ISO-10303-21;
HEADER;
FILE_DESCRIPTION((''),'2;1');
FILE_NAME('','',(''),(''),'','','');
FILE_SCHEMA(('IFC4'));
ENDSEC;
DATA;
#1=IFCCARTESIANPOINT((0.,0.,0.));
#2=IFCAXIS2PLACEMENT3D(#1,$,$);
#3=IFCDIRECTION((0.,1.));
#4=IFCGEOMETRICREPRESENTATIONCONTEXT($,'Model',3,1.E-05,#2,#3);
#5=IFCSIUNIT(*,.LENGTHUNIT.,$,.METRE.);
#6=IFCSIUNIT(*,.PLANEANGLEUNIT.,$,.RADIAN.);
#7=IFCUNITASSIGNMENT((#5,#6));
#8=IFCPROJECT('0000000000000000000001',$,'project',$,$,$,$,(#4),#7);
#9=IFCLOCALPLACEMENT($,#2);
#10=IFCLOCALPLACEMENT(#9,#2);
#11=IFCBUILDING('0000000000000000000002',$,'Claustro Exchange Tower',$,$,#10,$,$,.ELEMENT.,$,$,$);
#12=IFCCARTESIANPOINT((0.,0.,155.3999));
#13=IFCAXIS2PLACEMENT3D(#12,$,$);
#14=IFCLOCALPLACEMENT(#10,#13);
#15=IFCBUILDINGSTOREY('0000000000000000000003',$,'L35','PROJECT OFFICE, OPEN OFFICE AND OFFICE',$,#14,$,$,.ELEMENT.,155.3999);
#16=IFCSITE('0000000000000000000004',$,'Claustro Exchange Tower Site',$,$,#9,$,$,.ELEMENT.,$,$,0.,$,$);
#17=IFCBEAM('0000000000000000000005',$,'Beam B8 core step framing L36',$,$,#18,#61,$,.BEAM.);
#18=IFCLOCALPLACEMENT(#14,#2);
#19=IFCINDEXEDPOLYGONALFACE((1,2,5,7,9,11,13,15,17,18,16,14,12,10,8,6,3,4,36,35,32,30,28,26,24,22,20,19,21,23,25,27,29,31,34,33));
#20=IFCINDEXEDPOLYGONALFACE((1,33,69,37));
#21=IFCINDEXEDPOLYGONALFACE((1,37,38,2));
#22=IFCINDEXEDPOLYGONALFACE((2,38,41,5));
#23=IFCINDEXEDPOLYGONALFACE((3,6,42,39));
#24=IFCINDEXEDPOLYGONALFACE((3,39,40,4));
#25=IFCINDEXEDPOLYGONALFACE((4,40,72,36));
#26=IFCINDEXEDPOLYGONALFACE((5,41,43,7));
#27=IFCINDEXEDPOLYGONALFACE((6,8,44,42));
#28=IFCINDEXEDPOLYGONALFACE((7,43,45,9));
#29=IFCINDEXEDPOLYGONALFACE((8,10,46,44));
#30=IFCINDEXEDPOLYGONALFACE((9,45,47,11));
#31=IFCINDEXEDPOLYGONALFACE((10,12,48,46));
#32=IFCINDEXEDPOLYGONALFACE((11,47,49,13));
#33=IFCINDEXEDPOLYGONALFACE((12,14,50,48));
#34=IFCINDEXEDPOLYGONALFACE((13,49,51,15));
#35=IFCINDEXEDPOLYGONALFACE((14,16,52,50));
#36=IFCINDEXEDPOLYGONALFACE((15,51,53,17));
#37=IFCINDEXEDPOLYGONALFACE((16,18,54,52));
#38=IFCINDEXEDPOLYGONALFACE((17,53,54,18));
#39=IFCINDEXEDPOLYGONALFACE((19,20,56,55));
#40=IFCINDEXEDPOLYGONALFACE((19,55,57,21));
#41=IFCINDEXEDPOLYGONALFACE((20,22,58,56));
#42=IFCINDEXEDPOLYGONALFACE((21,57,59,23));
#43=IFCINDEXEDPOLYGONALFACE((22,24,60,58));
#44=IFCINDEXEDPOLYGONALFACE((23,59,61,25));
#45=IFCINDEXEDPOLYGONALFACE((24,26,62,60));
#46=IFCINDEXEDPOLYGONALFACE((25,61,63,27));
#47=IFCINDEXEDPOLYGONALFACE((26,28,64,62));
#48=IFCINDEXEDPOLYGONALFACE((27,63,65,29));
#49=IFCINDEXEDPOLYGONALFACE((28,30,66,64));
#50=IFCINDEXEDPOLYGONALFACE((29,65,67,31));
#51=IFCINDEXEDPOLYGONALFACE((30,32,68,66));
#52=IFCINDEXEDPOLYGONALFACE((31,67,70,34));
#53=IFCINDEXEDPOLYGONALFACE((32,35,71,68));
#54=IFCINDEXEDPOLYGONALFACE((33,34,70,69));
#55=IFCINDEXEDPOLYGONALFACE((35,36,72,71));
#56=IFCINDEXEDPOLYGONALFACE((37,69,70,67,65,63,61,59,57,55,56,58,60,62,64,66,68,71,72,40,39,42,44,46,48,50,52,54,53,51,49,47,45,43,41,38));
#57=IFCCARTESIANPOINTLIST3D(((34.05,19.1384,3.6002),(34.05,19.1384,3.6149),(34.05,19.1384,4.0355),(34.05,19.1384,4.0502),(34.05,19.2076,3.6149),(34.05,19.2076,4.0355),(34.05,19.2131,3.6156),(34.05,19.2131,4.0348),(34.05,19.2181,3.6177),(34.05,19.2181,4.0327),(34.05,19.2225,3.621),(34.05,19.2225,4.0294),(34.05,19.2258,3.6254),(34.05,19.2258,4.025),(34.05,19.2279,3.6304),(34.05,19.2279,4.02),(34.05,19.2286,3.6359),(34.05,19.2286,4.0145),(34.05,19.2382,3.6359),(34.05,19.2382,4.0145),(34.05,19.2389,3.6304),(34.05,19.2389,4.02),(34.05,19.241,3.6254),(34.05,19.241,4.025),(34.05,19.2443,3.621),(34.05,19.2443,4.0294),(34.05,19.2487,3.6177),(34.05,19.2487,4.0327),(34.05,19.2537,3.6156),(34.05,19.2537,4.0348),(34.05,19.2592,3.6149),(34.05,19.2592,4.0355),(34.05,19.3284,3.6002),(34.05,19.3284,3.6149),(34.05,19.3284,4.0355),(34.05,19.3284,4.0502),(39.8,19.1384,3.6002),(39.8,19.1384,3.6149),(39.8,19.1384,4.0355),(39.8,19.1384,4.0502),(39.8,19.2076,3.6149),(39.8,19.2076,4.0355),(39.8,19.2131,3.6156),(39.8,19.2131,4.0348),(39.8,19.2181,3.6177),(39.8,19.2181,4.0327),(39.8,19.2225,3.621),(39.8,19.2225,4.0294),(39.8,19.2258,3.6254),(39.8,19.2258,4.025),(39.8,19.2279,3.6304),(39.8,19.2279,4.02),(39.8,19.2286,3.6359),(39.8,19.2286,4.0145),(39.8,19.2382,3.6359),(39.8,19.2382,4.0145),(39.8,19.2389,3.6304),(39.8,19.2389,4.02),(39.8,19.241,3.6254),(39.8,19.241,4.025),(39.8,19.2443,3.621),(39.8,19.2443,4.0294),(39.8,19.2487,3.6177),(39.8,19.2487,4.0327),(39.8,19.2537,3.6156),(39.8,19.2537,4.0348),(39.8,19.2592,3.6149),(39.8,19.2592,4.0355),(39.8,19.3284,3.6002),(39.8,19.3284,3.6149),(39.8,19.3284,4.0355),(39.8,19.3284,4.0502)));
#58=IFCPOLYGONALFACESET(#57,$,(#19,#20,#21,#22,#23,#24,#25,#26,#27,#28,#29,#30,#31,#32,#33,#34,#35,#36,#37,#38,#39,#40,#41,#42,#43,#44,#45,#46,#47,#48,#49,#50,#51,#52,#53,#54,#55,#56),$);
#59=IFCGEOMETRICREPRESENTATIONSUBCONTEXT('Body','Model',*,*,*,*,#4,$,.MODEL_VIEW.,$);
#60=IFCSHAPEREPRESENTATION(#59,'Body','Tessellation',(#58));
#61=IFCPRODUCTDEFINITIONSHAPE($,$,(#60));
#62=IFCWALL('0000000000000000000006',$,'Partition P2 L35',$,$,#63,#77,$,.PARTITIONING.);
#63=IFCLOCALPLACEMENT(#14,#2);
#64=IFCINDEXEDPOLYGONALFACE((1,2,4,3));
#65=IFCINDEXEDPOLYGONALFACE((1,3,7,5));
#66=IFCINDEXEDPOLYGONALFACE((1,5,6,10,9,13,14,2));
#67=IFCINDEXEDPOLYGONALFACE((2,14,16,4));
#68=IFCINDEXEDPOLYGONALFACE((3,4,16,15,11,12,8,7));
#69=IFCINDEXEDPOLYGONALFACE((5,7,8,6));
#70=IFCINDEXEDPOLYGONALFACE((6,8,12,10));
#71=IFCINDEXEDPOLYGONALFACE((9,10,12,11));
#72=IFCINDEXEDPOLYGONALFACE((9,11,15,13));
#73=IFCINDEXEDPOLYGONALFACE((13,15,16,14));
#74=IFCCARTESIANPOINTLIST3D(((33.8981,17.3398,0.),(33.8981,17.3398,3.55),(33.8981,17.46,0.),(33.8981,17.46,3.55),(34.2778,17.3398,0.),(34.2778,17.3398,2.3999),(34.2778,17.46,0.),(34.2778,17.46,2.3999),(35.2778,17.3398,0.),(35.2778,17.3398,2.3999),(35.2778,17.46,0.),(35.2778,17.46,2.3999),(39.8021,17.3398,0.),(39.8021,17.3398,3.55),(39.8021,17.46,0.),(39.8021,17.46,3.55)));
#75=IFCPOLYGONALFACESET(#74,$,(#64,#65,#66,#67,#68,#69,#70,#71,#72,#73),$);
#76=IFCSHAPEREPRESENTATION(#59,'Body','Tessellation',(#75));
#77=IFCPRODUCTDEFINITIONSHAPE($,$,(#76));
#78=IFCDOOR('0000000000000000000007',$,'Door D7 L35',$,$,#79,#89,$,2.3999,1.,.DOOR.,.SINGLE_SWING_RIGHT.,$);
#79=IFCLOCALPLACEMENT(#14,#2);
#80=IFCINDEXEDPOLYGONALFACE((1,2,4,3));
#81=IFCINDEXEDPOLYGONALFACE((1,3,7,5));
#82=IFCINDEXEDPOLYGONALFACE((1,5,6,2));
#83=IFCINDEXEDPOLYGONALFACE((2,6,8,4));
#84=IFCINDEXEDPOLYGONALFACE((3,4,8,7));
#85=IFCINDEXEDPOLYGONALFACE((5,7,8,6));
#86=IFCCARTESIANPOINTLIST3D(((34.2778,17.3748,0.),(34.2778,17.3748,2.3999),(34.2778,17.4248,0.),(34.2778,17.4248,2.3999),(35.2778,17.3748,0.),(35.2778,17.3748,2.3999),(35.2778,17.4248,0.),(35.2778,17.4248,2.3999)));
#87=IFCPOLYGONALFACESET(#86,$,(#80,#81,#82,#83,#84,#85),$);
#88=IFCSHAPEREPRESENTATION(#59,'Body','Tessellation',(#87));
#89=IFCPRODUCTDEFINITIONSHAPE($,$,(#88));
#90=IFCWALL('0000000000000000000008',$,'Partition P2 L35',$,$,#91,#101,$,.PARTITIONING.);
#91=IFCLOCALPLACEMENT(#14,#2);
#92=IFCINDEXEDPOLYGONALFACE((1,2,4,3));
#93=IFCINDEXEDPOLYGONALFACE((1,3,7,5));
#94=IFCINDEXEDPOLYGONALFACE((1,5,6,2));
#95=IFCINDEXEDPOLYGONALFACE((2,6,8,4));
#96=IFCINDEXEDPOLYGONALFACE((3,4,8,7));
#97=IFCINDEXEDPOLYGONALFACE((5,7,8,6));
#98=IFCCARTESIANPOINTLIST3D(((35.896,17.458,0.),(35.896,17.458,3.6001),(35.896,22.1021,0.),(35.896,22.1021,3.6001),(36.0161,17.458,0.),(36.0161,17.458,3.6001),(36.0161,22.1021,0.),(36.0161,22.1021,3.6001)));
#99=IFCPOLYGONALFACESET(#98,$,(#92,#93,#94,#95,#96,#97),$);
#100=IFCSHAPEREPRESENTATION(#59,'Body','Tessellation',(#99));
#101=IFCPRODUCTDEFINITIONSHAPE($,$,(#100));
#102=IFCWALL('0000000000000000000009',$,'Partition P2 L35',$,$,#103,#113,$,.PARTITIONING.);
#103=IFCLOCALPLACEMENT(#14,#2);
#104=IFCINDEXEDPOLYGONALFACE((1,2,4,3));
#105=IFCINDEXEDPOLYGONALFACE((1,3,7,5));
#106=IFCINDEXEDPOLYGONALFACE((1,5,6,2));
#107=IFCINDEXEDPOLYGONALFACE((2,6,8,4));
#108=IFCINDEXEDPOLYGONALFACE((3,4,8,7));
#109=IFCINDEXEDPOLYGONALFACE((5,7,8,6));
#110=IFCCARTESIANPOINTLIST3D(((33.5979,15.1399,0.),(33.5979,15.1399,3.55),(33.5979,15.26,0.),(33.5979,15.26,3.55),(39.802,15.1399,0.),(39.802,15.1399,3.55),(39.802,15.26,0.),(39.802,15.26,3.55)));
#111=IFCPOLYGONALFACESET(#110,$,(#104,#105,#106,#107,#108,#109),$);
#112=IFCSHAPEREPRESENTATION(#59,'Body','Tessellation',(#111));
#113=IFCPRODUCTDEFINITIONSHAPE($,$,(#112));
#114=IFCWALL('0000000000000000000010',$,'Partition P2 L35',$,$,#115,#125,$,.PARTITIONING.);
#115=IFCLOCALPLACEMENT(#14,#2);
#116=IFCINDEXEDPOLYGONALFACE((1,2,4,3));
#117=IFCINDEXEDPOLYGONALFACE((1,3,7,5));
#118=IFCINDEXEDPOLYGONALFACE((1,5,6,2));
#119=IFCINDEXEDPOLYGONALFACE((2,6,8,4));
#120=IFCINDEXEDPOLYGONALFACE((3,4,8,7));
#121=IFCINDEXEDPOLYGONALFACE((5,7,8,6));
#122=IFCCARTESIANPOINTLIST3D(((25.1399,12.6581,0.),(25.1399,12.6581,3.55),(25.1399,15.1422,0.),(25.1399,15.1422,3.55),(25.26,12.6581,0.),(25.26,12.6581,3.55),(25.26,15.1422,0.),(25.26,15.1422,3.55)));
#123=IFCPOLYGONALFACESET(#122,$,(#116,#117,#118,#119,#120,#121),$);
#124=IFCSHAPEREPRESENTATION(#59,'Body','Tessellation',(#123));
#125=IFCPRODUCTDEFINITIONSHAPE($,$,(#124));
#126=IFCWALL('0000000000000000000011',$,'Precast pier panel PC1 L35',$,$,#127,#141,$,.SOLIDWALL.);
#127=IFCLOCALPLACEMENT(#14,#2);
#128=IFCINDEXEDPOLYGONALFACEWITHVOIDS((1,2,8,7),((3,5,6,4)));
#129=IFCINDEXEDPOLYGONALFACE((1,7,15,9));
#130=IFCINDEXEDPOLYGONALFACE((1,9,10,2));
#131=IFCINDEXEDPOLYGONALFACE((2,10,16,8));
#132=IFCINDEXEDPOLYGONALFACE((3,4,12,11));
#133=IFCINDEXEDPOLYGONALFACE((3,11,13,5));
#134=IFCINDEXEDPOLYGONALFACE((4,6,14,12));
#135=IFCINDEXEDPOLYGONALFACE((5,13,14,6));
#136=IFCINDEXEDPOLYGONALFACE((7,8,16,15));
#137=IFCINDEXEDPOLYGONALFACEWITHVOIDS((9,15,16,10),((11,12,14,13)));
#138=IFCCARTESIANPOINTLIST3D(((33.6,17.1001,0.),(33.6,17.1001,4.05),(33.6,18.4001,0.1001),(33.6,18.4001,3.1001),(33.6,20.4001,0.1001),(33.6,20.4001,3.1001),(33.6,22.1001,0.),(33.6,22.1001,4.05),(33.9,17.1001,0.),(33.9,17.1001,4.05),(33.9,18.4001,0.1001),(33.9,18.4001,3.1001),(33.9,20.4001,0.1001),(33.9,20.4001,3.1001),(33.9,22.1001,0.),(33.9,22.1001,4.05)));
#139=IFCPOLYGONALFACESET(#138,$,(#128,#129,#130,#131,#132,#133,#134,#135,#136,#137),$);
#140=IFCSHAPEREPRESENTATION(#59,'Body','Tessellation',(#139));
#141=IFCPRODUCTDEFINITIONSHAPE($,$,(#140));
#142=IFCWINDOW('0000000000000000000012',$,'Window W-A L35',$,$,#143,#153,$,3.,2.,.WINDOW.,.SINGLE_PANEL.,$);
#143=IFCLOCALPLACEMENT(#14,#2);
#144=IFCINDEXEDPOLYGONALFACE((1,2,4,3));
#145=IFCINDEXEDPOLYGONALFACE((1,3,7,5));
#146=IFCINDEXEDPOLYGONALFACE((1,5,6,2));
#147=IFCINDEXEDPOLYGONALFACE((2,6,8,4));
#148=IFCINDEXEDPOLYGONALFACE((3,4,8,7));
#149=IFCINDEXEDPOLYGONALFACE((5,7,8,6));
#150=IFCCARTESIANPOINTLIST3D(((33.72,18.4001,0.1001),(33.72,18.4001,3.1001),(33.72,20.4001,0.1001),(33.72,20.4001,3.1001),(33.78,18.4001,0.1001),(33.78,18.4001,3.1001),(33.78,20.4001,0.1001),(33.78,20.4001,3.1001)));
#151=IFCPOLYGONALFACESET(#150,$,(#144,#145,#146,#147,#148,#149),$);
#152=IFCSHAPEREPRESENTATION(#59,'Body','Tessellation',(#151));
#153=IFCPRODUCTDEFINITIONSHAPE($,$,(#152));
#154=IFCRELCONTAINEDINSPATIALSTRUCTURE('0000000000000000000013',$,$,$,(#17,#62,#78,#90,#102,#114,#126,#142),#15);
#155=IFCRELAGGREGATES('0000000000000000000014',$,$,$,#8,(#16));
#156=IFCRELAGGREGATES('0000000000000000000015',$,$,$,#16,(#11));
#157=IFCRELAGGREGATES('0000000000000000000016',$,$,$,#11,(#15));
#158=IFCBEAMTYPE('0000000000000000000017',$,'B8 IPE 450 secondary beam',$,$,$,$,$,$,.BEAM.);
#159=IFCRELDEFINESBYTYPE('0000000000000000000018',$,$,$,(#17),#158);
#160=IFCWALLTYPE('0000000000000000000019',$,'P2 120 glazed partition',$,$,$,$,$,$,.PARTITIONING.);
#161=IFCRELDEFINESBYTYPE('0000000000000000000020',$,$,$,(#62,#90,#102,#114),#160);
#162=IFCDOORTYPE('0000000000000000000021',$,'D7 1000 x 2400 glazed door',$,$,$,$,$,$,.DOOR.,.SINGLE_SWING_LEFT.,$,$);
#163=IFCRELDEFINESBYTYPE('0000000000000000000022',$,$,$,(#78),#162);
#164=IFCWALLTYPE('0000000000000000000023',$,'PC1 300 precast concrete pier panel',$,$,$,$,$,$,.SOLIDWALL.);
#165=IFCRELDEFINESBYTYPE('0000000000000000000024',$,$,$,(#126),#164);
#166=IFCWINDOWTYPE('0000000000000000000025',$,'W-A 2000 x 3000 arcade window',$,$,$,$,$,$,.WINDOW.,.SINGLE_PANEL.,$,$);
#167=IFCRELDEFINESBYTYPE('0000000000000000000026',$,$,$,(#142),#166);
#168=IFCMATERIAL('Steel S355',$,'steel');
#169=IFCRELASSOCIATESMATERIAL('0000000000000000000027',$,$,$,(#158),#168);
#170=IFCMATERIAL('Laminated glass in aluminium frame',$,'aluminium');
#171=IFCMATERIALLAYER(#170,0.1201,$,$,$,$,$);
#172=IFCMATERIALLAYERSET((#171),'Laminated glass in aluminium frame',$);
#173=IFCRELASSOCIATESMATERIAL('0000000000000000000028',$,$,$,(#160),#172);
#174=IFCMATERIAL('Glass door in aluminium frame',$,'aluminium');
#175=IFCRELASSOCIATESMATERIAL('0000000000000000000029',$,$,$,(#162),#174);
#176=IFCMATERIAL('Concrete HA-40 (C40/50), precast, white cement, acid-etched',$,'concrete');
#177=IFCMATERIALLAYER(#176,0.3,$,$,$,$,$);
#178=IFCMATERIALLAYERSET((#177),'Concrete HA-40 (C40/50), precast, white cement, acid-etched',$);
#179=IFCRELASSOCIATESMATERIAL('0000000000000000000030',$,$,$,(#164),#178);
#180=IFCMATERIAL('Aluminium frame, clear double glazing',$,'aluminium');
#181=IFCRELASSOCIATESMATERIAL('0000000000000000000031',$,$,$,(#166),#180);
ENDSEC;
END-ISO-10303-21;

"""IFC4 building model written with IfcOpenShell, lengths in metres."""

from ifc_helpers import new_model, si_unit, direction, frame, frame_2d, origin, origin_2d, place, context, subcontext, project, spatial, rectangle, i_section, extrude, material, layer, layer_set, material_profile, profile_set, type_object, element, fill, save


model = new_model("IFC4")

# Units and contexts
model_context = context("Model", 3, precision=1e-05, world=origin(), true_north=direction((0.0, 1.0)))
body_context = subcontext(model_context, "Body", "Model", "MODEL_VIEW")
ifc_project = project(units=[si_unit("LENGTHUNIT", "METRE"), si_unit("PLANEANGLEUNIT", "RADIAN")], contexts=[model_context])

# Site, building, storey
site_placement = place(None, origin())
site = spatial("IfcSite", under=ifc_project, at=site_placement, Name="Claustro Exchange Tower Site", CompositionType="ELEMENT", RefElevation=0.0)
building_placement = place(site_placement, origin())
building = spatial("IfcBuilding", under=site, at=building_placement, Name="Claustro Exchange Tower", CompositionType="ELEMENT")
storey_placement = place(building_placement, frame((0.0, 0.0, 155.3999)))
storey = spatial("IfcBuildingStorey", under=building, at=storey_placement, Name="L35", Description="PROJECT OFFICE, OPEN OFFICE AND OFFICE", CompositionType="ELEMENT", Elevation=155.3999)

# Beam
ifc_material_1 = material(Name="Steel S355", Category="steel")
ifc_material_profile_1 = material_profile(ifc_material_1, i_section(OverallWidth=0.1899, OverallDepth=0.45, WebThickness=0.0095, FlangeThickness=0.0146, FilletRadius=0.021, at=origin_2d()), Name="IPE 450")
ifc_profile_set_1 = profile_set([ifc_material_profile_1], Name="Steel S355")
beam_type_1 = type_object("IfcBeamType", Name="B8 IPE 450 secondary beam", PredefinedType="BEAM", material=ifc_profile_set_1)
for number, where, z_axis, x_axis, name in (
    (1, (34.05, 19.2334, 3.8252), (1.0, 0.0, 0.0), (0.0, 1.0, 0.0), "Beam B8 core step framing L36"),
):
    element("IfcBeam", number, at=place(storey_placement, frame(where, z_axis=z_axis, x_axis=x_axis)), inside=storey, type_object=beam_type_1, Name=name, PredefinedType="BEAM", context=body_context, shape_type="SweptSolid", body=[
        extrude(i_section(OverallWidth=0.1899, OverallDepth=0.45, WebThickness=0.0095, FlangeThickness=0.0146, FilletRadius=0.021, at=origin_2d()), origin(), (0.0, 0.0, 1.0), 5.75),
    ])

# Wall, opening, door
ifc_material_2 = material(Name="Laminated glass in aluminium frame", Category="aluminium")
ifc_layer_1 = layer(ifc_material_2, 0.1201)
ifc_layer_set_1 = layer_set([ifc_layer_1], Name="Laminated glass in aluminium frame")
wall_type_1 = type_object("IfcWallType", Name="P2 120 glazed partition", PredefinedType="PARTITIONING", material=ifc_layer_set_1)
wall_1_placement = place(storey_placement, frame((33.8979, 17.3999, 0.0), z_axis=(0.0, 0.0, 1.0), x_axis=(1.0, 0.0, 0.0)))
wall_1 = element("IfcWall", 2, at=wall_1_placement, inside=storey, type_object=wall_type_1, Name="Partition P2 L35", PredefinedType="PARTITIONING", context=body_context, shape_type="SweptSolid", body=[
    extrude(rectangle(XDim=5.9041, YDim=0.1201, at=frame_2d((2.9521, 0.0))), origin(), (0.0, 0.0, 1.0), 3.55),
])
opening_1_placement = place(wall_1_placement, frame((0.3799, 0.0, 0.0)))
opening_1 = element("IfcOpeningElement", 3, at=opening_1_placement, cuts=wall_1, PredefinedType="OPENING", context=body_context, shape_type="SweptSolid", body=[
    extrude(rectangle(XDim=1.0, YDim=2.3999, at=frame_2d((0.5, 1.2))), frame((0.0, 0.0701, 0.0), z_axis=(0.0, -1.0, 0.0), x_axis=(1.0, 0.0, 0.0)), (0.0, 0.0, 1.0), 0.1401),
])
ifc_material_3 = material(Name="Glass door in aluminium frame", Category="aluminium")
door_type_1 = type_object("IfcDoorType", Name="D7 1000 x 2400 glazed door", OperationType="SINGLE_SWING_LEFT", PredefinedType="DOOR", material=ifc_material_3)
door_1_placement = place(opening_1_placement, origin())
door_1 = element("IfcDoor", 4, at=door_1_placement, inside=storey, type_object=door_type_1, Name="Door D7 L35", OperationType="SINGLE_SWING_RIGHT", OverallHeight=2.3999, OverallWidth=1.0, PredefinedType="DOOR", context=body_context, shape_type="SweptSolid", body=[
    extrude(rectangle(XDim=1.0, YDim=2.3999, at=frame_2d((0.5, 1.2))), frame((0.0, 0.0249, 0.0), z_axis=(0.0, -1.0, 0.0), x_axis=(1.0, 0.0, 0.0)), (0.0, 0.0, 1.0), 0.05),
])
fill(opening_1, door_1)

# Walls
wall_2_placement = place(storey_placement, frame((35.9561, 17.458, 0.0), z_axis=(0.0, 0.0, 1.0), x_axis=(0.0, 1.0, 0.0)))
element("IfcWall", 5, at=wall_2_placement, inside=storey, type_object=wall_type_1, Name="Partition P2 L35", PredefinedType="PARTITIONING", context=body_context, shape_type="SweptSolid", body=[
    extrude(rectangle(XDim=4.644, YDim=0.1201, at=frame_2d((2.322, 0.0))), origin(), (0.0, 0.0, 1.0), 3.6001),
])
wall_3_placement = place(storey_placement, frame((33.5979, 15.2, 0.0), z_axis=(0.0, 0.0, 1.0), x_axis=(1.0, 0.0, 0.0)))
element("IfcWall", 6, at=wall_3_placement, inside=storey, type_object=wall_type_1, Name="Partition P2 L35", PredefinedType="PARTITIONING", context=body_context, shape_type="SweptSolid", body=[
    extrude(rectangle(XDim=6.2041, YDim=0.1201, at=frame_2d((3.1021, 0.0))), origin(), (0.0, 0.0, 1.0), 3.55),
])
wall_4_placement = place(storey_placement, frame((25.2, 12.658, 0.0), z_axis=(0.0, 0.0, 1.0), x_axis=(0.0, 1.0, 0.0)))
element("IfcWall", 7, at=wall_4_placement, inside=storey, type_object=wall_type_1, Name="Partition P2 L35", PredefinedType="PARTITIONING", context=body_context, shape_type="SweptSolid", body=[
    extrude(rectangle(XDim=2.4841, YDim=0.1201, at=frame_2d((1.2422, 0.0))), origin(), (0.0, 0.0, 1.0), 3.55),
])

# Wall, opening, window
ifc_material_4 = material(Name="Concrete HA-40 (C40/50), precast, white cement, acid-etched", Category="concrete")
ifc_layer_2 = layer(ifc_material_4, 0.3)
ifc_layer_set_2 = layer_set([ifc_layer_2], Name="Concrete HA-40 (C40/50), precast, white cement, acid-etched")
wall_type_2 = type_object("IfcWallType", Name="PC1 300 precast concrete pier panel", PredefinedType="SOLIDWALL", material=ifc_layer_set_2)
wall_5_placement = place(storey_placement, frame((33.75, 17.1001, 0.0), z_axis=(0.0, 0.0, 1.0), x_axis=(0.0, 1.0, 0.0)))
wall_5 = element("IfcWall", 8, at=wall_5_placement, inside=storey, type_object=wall_type_2, Name="Precast pier panel PC1 L35", PredefinedType="SOLIDWALL", context=body_context, shape_type="SweptSolid", body=[
    extrude(rectangle(XDim=5.0, YDim=0.3, at=frame_2d((2.5, 0.0))), origin(), (0.0, 0.0, 1.0), 4.05),
])
opening_2_placement = place(wall_5_placement, frame((1.3, 0.0, 0.1001)))
opening_2 = element("IfcOpeningElement", 9, at=opening_2_placement, cuts=wall_5, PredefinedType="OPENING", context=body_context, shape_type="SweptSolid", body=[
    extrude(rectangle(XDim=2.0, YDim=3.0, at=frame_2d((1.0, 1.5))), frame((0.0, 0.1599, 0.0), z_axis=(0.0, -1.0, 0.0), x_axis=(1.0, 0.0, 0.0)), (0.0, 0.0, 1.0), 0.3201),
])
ifc_material_5 = material(Name="Aluminium frame, clear double glazing", Category="aluminium")
window_type = type_object("IfcWindowType", Name="W-A 2000 x 3000 arcade window", PartitioningType="SINGLE_PANEL", PredefinedType="WINDOW", material=ifc_material_5)
window_1_placement = place(opening_2_placement, origin())
window_1 = element("IfcWindow", 10, at=window_1_placement, inside=storey, type_object=window_type, Name="Window W-A L35", OverallHeight=3.0, OverallWidth=2.0, PartitioningType="SINGLE_PANEL", PredefinedType="WINDOW", context=body_context, shape_type="SweptSolid", body=[
    extrude(rectangle(XDim=2.0, YDim=3.0, at=frame_2d((1.0, 1.5))), frame((0.0, 0.03, 0.0), z_axis=(0.0, -1.0, 0.0), x_axis=(1.0, 0.0, 0.0)), (0.0, 0.0, 1.0), 0.0601),
])
fill(opening_2, window_1)

save(model, "model.ifc")
